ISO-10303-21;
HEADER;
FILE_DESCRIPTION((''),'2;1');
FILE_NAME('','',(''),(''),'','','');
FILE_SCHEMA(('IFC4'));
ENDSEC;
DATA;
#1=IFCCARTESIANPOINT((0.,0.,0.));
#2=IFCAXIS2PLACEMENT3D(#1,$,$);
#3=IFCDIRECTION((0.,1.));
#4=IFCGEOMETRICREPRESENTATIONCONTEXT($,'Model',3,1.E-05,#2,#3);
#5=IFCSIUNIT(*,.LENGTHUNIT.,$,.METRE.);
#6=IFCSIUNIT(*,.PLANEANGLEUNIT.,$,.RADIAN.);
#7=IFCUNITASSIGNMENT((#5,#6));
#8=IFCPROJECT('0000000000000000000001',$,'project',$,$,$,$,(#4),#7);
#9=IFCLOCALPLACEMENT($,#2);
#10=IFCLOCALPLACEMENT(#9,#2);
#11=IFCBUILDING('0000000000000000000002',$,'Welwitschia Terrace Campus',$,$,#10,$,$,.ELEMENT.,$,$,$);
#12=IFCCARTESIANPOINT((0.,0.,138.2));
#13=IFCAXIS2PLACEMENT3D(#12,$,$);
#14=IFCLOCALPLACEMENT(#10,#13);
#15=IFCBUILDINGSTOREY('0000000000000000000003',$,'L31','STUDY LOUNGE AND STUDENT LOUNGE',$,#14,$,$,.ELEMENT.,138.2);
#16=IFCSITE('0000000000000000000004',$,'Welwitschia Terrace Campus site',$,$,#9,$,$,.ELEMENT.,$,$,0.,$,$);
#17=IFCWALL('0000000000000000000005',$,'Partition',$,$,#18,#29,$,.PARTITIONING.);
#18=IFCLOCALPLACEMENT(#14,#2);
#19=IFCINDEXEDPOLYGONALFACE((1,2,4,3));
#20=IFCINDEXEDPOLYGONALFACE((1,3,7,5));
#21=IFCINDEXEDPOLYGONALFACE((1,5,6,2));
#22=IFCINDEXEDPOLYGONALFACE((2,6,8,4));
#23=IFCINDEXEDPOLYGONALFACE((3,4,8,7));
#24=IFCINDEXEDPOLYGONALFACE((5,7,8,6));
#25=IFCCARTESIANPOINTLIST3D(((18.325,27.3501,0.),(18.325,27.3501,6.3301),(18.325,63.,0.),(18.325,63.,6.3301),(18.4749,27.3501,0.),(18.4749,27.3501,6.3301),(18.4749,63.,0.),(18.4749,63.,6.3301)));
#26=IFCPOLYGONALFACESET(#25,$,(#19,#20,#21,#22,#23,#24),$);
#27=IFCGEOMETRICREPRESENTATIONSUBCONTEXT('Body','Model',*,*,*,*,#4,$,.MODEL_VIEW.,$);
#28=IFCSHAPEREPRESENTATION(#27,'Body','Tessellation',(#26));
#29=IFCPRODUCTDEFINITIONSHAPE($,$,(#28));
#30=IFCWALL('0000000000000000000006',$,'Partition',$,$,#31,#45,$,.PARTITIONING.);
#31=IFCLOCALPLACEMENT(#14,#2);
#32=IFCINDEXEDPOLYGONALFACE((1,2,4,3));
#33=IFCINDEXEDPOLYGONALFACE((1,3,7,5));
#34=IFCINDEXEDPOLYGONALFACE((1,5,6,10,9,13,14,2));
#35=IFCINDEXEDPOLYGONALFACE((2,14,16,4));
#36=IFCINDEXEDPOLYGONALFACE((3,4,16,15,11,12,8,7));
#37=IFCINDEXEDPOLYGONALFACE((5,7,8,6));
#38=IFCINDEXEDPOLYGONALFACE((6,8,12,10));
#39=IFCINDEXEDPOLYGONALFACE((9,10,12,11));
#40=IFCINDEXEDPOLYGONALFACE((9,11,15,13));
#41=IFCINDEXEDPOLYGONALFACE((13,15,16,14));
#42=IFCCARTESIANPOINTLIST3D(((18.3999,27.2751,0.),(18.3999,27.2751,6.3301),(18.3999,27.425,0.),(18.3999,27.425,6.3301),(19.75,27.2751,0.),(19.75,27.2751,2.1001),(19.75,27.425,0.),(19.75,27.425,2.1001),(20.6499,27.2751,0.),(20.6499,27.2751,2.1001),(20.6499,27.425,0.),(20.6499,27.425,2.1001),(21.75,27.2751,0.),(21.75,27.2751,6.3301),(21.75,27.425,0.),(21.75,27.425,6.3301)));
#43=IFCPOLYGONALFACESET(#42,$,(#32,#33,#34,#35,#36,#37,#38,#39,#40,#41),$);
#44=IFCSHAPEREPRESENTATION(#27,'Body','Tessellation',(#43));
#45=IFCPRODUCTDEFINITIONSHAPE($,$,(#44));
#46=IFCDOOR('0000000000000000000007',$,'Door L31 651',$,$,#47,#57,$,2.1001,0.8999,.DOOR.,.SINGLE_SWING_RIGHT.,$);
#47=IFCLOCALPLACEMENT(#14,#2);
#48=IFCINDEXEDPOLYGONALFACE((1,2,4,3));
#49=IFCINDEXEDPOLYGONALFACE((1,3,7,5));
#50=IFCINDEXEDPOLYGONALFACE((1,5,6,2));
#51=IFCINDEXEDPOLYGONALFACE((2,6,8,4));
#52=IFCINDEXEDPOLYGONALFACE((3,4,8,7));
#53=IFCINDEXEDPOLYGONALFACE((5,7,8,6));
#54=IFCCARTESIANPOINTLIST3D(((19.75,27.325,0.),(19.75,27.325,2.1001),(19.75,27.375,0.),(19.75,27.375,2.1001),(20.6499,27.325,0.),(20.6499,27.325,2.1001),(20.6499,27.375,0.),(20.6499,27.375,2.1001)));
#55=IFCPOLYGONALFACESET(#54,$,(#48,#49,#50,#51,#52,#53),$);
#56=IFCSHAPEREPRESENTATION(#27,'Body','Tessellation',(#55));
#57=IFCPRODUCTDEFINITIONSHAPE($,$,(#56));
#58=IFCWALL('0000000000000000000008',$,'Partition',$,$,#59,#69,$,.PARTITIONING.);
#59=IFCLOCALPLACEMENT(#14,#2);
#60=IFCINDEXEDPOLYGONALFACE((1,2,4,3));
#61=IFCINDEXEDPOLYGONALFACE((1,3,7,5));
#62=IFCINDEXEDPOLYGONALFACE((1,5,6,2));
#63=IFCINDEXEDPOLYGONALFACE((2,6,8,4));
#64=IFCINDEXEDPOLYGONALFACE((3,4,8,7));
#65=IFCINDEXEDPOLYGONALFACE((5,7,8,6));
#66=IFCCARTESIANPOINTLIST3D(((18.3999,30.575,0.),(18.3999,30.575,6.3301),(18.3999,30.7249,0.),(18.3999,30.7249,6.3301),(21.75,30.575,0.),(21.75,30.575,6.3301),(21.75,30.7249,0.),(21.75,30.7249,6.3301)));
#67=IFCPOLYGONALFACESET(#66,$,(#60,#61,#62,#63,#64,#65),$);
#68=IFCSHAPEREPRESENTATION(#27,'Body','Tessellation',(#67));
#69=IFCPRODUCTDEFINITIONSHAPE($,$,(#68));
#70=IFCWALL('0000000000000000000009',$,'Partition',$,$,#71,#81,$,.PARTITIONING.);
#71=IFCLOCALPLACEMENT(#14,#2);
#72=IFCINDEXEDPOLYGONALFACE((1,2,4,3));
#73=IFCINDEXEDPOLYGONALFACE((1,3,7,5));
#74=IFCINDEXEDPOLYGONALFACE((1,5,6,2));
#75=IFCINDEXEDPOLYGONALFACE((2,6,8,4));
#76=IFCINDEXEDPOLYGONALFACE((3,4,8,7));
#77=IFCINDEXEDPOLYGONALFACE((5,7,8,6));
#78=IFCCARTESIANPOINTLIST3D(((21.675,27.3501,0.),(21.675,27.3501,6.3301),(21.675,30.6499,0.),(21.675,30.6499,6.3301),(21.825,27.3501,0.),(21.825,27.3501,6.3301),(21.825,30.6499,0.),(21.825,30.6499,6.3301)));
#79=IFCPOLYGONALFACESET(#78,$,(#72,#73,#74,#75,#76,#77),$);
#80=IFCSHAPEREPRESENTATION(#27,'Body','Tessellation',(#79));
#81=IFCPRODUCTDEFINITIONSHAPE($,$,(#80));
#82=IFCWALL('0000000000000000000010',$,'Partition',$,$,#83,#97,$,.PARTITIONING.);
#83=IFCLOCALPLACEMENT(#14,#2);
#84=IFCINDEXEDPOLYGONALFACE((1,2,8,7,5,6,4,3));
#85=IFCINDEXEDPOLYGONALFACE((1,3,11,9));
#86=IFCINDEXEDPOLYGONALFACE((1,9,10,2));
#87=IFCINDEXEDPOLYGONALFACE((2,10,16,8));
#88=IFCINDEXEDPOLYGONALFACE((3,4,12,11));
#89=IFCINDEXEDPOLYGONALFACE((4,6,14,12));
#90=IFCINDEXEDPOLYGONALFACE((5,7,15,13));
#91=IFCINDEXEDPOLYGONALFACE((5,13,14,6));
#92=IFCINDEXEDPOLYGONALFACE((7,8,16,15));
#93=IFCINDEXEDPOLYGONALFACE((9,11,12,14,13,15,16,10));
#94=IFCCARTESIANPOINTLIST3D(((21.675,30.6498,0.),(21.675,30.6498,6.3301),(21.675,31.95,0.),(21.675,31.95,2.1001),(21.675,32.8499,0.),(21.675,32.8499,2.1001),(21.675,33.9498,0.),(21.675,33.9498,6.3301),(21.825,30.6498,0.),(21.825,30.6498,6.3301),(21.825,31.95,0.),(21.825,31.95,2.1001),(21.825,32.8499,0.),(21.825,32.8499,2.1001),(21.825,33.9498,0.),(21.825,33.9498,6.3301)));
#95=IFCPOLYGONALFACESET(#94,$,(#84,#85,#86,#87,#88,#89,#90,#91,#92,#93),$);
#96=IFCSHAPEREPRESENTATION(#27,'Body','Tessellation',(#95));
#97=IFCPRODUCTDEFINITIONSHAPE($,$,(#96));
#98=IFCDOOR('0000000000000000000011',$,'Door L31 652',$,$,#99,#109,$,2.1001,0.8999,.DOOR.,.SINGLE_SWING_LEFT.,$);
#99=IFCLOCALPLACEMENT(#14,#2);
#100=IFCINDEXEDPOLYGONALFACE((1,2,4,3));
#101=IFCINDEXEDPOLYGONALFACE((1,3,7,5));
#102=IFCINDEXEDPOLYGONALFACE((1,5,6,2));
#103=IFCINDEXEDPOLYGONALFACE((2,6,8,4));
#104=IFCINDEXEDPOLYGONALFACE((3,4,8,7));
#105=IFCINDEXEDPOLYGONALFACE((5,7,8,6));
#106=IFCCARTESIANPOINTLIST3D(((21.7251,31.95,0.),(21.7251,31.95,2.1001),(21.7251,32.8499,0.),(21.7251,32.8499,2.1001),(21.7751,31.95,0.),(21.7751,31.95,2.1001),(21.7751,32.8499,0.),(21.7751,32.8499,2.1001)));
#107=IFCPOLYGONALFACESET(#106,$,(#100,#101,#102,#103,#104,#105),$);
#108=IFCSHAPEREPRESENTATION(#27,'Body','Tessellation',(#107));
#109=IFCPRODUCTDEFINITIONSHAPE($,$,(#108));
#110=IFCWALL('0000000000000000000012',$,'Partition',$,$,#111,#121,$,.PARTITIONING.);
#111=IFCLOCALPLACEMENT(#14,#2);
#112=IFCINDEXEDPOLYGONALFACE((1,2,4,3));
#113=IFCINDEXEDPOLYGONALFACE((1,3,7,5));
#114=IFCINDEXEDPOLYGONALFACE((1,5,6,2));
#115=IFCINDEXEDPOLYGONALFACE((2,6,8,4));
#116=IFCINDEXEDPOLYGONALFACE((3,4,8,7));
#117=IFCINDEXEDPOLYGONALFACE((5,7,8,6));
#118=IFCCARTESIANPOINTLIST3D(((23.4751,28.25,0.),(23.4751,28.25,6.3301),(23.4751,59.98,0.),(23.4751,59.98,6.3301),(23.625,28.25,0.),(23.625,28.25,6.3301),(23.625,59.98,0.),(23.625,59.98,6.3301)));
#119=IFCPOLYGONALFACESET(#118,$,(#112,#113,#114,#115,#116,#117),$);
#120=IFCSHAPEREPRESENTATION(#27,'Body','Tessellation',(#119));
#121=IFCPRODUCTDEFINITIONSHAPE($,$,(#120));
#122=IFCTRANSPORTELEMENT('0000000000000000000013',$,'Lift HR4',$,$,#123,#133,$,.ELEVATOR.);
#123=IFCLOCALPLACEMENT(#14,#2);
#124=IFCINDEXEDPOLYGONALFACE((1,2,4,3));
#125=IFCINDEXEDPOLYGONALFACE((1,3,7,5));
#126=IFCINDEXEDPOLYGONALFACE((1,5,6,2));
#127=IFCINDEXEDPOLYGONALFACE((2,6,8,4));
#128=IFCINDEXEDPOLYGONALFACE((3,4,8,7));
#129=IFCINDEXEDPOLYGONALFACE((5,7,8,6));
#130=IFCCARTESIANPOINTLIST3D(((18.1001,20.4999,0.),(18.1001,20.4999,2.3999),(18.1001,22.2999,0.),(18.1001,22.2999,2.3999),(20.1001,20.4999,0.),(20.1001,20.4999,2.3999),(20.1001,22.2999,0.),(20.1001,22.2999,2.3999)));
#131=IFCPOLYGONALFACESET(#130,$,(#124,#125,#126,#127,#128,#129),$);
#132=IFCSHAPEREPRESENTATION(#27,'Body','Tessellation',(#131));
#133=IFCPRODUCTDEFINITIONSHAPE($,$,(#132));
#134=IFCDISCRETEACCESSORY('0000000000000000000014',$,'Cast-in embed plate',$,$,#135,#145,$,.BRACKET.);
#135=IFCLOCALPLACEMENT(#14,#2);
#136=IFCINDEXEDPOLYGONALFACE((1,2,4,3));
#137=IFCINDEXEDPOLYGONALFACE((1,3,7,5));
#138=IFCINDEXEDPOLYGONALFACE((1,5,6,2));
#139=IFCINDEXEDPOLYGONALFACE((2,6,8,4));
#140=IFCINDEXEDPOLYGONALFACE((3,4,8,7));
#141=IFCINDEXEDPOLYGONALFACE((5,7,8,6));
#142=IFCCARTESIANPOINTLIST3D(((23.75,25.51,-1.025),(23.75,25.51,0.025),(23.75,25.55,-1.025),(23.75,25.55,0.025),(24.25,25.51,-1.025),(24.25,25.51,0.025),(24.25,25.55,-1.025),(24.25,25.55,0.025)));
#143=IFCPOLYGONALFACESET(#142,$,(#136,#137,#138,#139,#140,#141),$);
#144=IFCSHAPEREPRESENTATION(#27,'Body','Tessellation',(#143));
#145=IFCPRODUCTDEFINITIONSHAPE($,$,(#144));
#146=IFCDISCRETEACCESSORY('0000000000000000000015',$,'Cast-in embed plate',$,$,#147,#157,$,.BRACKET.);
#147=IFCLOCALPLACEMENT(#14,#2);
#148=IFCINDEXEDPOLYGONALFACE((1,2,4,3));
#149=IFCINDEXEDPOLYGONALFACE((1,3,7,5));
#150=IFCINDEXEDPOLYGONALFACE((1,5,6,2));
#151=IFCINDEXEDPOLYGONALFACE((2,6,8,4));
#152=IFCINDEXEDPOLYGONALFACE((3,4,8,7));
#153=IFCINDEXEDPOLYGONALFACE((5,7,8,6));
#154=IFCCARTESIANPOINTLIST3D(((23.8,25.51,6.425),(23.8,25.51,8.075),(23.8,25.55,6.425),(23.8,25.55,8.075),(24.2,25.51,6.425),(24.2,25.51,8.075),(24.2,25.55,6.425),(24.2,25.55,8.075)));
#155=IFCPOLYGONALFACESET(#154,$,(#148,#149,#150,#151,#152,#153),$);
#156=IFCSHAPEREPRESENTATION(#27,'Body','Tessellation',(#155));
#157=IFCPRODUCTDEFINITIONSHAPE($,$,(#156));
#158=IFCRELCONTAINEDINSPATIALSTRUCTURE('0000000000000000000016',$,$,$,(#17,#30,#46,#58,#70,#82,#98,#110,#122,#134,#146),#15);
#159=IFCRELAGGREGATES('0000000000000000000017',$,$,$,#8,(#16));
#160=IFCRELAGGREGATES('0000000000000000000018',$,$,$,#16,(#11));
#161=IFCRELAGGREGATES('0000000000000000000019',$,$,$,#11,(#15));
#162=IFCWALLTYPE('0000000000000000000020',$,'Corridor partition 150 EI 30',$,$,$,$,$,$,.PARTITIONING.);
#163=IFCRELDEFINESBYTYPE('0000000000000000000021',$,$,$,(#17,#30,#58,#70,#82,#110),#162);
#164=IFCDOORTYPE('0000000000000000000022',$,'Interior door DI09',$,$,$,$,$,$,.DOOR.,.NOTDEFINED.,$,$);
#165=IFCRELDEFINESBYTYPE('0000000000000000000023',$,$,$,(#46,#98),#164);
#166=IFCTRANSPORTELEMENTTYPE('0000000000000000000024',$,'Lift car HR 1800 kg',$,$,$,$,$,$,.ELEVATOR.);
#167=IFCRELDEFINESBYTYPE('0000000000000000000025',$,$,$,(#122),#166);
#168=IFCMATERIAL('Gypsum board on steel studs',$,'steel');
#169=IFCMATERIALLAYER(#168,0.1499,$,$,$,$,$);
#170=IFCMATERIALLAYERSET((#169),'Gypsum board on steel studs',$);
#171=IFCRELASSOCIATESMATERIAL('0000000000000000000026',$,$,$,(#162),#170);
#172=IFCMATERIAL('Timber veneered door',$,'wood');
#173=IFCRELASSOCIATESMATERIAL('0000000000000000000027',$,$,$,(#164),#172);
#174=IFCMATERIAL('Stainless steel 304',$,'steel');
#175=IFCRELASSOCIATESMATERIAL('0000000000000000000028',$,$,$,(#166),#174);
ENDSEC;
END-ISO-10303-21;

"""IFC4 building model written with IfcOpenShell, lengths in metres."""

from ifc_helpers import new_model, si_unit, direction, frame, frame_2d, origin, origin_2d, place, context, subcontext, project, spatial, rectangle, extrude, material, layer, layer_set, type_object, element, fill, save


model = new_model("IFC4")

# Units and contexts
model_context = context("Model", 3, precision=1e-05, world=origin(), true_north=direction((0.0, 1.0)))
body_context = subcontext(model_context, "Body", "Model", "MODEL_VIEW")
ifc_project = project(units=[si_unit("LENGTHUNIT", "METRE"), si_unit("PLANEANGLEUNIT", "RADIAN")], contexts=[model_context])

# Site, building, storey
site_placement = place(None, origin())
site = spatial("IfcSite", under=ifc_project, at=site_placement, Name="Welwitschia Terrace Campus site", CompositionType="ELEMENT", RefElevation=0.0)
building_placement = place(site_placement, origin())
building = spatial("IfcBuilding", under=site, at=building_placement, Name="Welwitschia Terrace Campus", CompositionType="ELEMENT")
storey_placement = place(building_placement, frame((0.0, 0.0, 138.2)))
storey = spatial("IfcBuildingStorey", under=building, at=storey_placement, Name="L31", Description="STUDY LOUNGE AND STUDENT LOUNGE", CompositionType="ELEMENT", Elevation=138.2)

# Wall
ifc_material_1 = material(Name="Gypsum board on steel studs", Category="steel")
ifc_layer_1 = layer(ifc_material_1, 0.1499)
ifc_layer_set_1 = layer_set([ifc_layer_1], Name="Gypsum board on steel studs")
wall_type_1 = type_object("IfcWallType", Name="Corridor partition 150 EI 30", PredefinedType="PARTITIONING", material=ifc_layer_set_1)
wall_1_placement = place(storey_placement, frame((18.3999, 27.3501, 0.0), z_axis=(0.0, 0.0, 1.0), x_axis=(0.0, 1.0, 0.0)))
element("IfcWall", 1, at=wall_1_placement, inside=storey, type_object=wall_type_1, Name="Partition", PredefinedType="PARTITIONING", context=body_context, shape_type="SweptSolid", body=[
    extrude(rectangle(XDim=35.6499, YDim=0.1499, at=frame_2d((17.825, 0.0))), origin(), (0.0, 0.0, 1.0), 6.3301),
])

# Wall, opening, door
wall_2_placement = place(storey_placement, frame((18.3999, 27.3501, 0.0), z_axis=(0.0, 0.0, 1.0), x_axis=(1.0, 0.0, 0.0)))
wall_2 = element("IfcWall", 2, at=wall_2_placement, inside=storey, type_object=wall_type_1, Name="Partition", PredefinedType="PARTITIONING", context=body_context, shape_type="SweptSolid", body=[
    extrude(rectangle(XDim=3.3501, YDim=0.1499, at=frame_2d((1.675, 0.0))), origin(), (0.0, 0.0, 1.0), 6.3301),
])
opening_1_placement = place(wall_2_placement, frame((1.3501, 0.0, 0.0)))
opening_1 = element("IfcOpeningElement", 3, at=opening_1_placement, cuts=wall_2, PredefinedType="OPENING", context=body_context, shape_type="SweptSolid", body=[
    extrude(rectangle(XDim=0.8999, YDim=2.1001, at=frame_2d((0.45, 1.05))), frame((0.0, 0.085, 0.0), z_axis=(0.0, -1.0, 0.0), x_axis=(1.0, 0.0, 0.0)), (0.0, 0.0, 1.0), 0.1699),
])
ifc_material_2 = material(Name="Timber veneered door", Category="wood")
door_type = type_object("IfcDoorType", Name="Interior door DI09", OperationType="NOTDEFINED", PredefinedType="DOOR", material=ifc_material_2)
door_1_placement = place(opening_1_placement, origin())
door_1 = element("IfcDoor", 4, at=door_1_placement, inside=storey, type_object=door_type, Name="Door L31 651", OperationType="SINGLE_SWING_RIGHT", OverallHeight=2.1001, OverallWidth=0.8999, PredefinedType="DOOR", context=body_context, shape_type="SweptSolid", body=[
    extrude(rectangle(XDim=0.8999, YDim=2.1001, at=frame_2d((0.45, 1.05))), frame((0.0, 0.0249, 0.0), z_axis=(0.0, -1.0, 0.0), x_axis=(1.0, 0.0, 0.0)), (0.0, 0.0, 1.0), 0.05),
])
fill(opening_1, door_1)

# Walls
wall_3_placement = place(storey_placement, frame((18.3999, 30.6499, 0.0), z_axis=(0.0, 0.0, 1.0), x_axis=(1.0, 0.0, 0.0)))
element("IfcWall", 5, at=wall_3_placement, inside=storey, type_object=wall_type_1, Name="Partition", PredefinedType="PARTITIONING", context=body_context, shape_type="SweptSolid", body=[
    extrude(rectangle(XDim=3.3501, YDim=0.1499, at=frame_2d((1.675, 0.0))), origin(), (0.0, 0.0, 1.0), 6.3301),
])
wall_4_placement = place(storey_placement, frame((21.75, 27.3501, 0.0), z_axis=(0.0, 0.0, 1.0), x_axis=(0.0, 1.0, 0.0)))
element("IfcWall", 6, at=wall_4_placement, inside=storey, type_object=wall_type_1, Name="Partition", PredefinedType="PARTITIONING", context=body_context, shape_type="SweptSolid", body=[
    extrude(rectangle(XDim=3.2998, YDim=0.1499, at=frame_2d((1.6499, 0.0))), origin(), (0.0, 0.0, 1.0), 6.3301),
])

# Wall, opening, door
wall_5_placement = place(storey_placement, frame((21.75, 30.6499, 0.0), z_axis=(0.0, 0.0, 1.0), x_axis=(0.0, 1.0, 0.0)))
wall_5 = element("IfcWall", 7, at=wall_5_placement, inside=storey, type_object=wall_type_1, Name="Partition", PredefinedType="PARTITIONING", context=body_context, shape_type="SweptSolid", body=[
    extrude(rectangle(XDim=3.3, YDim=0.1499, at=frame_2d((1.6499, 0.0))), origin(), (0.0, 0.0, 1.0), 6.3301),
])
opening_2_placement = place(wall_5_placement, frame((1.3, 0.0, 0.0)))
opening_2 = element("IfcOpeningElement", 8, at=opening_2_placement, cuts=wall_5, PredefinedType="OPENING", context=body_context, shape_type="SweptSolid", body=[
    extrude(rectangle(XDim=0.8999, YDim=2.1001, at=frame_2d((0.45, 1.05))), frame((0.0, 0.085, 0.0), z_axis=(0.0, -1.0, 0.0), x_axis=(1.0, 0.0, 0.0)), (0.0, 0.0, 1.0), 0.1699),
])
door_2_placement = place(opening_2_placement, origin())
door_2 = element("IfcDoor", 9, at=door_2_placement, inside=storey, type_object=door_type, Name="Door L31 652", OperationType="SINGLE_SWING_LEFT", OverallHeight=2.1001, OverallWidth=0.8999, PredefinedType="DOOR", context=body_context, shape_type="SweptSolid", body=[
    extrude(rectangle(XDim=0.8999, YDim=2.1001, at=frame_2d((0.45, 1.05))), frame((0.0, 0.0249, 0.0), z_axis=(0.0, -1.0, 0.0), x_axis=(1.0, 0.0, 0.0)), (0.0, 0.0, 1.0), 0.05),
])
fill(opening_2, door_2)

# Wall
wall_6_placement = place(storey_placement, frame((23.55, 28.25, 0.0), z_axis=(0.0, 0.0, 1.0), x_axis=(0.0, 1.0, 0.0)))
element("IfcWall", 10, at=wall_6_placement, inside=storey, type_object=wall_type_1, Name="Partition", PredefinedType="PARTITIONING", context=body_context, shape_type="SweptSolid", body=[
    extrude(rectangle(XDim=31.73, YDim=0.1499, at=frame_2d((15.865, 0.0))), origin(), (0.0, 0.0, 1.0), 6.3301),
])

# Transport element
ifc_material_3 = material(Name="Stainless steel 304", Category="steel")
transport_element_type = type_object("IfcTransportElementType", Name="Lift car HR 1800 kg", PredefinedType="ELEVATOR", material=ifc_material_3)
transport_element_placement = place(storey_placement, frame((19.1001, 21.3999, 0.0), z_axis=(0.0, 0.0, 1.0), x_axis=(1.0, 0.0, 0.0)))
element("IfcTransportElement", 11, at=transport_element_placement, inside=storey, type_object=transport_element_type, Name="Lift HR4", PredefinedType="ELEVATOR", context=body_context, shape_type="SweptSolid", body=[
    extrude(rectangle(XDim=2.0, YDim=1.8, at=origin_2d()), origin(), (0.0, 0.0, 1.0), 2.3999),
])

# Discrete accessories
discrete_accessory_1_placement = place(storey_placement, frame((24.0, 25.55, -0.5), z_axis=(0.0, -1.0, 0.0), x_axis=(1.0, 0.0, 0.0)))
element("IfcDiscreteAccessory", 12, at=discrete_accessory_1_placement, inside=storey, Name="Cast-in embed plate", PredefinedType="BRACKET", context=body_context, shape_type="SweptSolid", body=[
    extrude(rectangle(XDim=0.5, YDim=1.05, at=origin_2d()), origin(), (0.0, 0.0, 1.0), 0.04),
])
discrete_accessory_2_placement = place(storey_placement, frame((24.0, 25.55, 7.25), z_axis=(0.0, -1.0, 0.0), x_axis=(1.0, 0.0, 0.0)))
element("IfcDiscreteAccessory", 13, at=discrete_accessory_2_placement, inside=storey, Name="Cast-in embed plate", PredefinedType="BRACKET", context=body_context, shape_type="SweptSolid", body=[
    extrude(rectangle(XDim=0.3999, YDim=1.6499, at=origin_2d()), origin(), (0.0, 0.0, 1.0), 0.04),
])

save(model, "model.ifc")
